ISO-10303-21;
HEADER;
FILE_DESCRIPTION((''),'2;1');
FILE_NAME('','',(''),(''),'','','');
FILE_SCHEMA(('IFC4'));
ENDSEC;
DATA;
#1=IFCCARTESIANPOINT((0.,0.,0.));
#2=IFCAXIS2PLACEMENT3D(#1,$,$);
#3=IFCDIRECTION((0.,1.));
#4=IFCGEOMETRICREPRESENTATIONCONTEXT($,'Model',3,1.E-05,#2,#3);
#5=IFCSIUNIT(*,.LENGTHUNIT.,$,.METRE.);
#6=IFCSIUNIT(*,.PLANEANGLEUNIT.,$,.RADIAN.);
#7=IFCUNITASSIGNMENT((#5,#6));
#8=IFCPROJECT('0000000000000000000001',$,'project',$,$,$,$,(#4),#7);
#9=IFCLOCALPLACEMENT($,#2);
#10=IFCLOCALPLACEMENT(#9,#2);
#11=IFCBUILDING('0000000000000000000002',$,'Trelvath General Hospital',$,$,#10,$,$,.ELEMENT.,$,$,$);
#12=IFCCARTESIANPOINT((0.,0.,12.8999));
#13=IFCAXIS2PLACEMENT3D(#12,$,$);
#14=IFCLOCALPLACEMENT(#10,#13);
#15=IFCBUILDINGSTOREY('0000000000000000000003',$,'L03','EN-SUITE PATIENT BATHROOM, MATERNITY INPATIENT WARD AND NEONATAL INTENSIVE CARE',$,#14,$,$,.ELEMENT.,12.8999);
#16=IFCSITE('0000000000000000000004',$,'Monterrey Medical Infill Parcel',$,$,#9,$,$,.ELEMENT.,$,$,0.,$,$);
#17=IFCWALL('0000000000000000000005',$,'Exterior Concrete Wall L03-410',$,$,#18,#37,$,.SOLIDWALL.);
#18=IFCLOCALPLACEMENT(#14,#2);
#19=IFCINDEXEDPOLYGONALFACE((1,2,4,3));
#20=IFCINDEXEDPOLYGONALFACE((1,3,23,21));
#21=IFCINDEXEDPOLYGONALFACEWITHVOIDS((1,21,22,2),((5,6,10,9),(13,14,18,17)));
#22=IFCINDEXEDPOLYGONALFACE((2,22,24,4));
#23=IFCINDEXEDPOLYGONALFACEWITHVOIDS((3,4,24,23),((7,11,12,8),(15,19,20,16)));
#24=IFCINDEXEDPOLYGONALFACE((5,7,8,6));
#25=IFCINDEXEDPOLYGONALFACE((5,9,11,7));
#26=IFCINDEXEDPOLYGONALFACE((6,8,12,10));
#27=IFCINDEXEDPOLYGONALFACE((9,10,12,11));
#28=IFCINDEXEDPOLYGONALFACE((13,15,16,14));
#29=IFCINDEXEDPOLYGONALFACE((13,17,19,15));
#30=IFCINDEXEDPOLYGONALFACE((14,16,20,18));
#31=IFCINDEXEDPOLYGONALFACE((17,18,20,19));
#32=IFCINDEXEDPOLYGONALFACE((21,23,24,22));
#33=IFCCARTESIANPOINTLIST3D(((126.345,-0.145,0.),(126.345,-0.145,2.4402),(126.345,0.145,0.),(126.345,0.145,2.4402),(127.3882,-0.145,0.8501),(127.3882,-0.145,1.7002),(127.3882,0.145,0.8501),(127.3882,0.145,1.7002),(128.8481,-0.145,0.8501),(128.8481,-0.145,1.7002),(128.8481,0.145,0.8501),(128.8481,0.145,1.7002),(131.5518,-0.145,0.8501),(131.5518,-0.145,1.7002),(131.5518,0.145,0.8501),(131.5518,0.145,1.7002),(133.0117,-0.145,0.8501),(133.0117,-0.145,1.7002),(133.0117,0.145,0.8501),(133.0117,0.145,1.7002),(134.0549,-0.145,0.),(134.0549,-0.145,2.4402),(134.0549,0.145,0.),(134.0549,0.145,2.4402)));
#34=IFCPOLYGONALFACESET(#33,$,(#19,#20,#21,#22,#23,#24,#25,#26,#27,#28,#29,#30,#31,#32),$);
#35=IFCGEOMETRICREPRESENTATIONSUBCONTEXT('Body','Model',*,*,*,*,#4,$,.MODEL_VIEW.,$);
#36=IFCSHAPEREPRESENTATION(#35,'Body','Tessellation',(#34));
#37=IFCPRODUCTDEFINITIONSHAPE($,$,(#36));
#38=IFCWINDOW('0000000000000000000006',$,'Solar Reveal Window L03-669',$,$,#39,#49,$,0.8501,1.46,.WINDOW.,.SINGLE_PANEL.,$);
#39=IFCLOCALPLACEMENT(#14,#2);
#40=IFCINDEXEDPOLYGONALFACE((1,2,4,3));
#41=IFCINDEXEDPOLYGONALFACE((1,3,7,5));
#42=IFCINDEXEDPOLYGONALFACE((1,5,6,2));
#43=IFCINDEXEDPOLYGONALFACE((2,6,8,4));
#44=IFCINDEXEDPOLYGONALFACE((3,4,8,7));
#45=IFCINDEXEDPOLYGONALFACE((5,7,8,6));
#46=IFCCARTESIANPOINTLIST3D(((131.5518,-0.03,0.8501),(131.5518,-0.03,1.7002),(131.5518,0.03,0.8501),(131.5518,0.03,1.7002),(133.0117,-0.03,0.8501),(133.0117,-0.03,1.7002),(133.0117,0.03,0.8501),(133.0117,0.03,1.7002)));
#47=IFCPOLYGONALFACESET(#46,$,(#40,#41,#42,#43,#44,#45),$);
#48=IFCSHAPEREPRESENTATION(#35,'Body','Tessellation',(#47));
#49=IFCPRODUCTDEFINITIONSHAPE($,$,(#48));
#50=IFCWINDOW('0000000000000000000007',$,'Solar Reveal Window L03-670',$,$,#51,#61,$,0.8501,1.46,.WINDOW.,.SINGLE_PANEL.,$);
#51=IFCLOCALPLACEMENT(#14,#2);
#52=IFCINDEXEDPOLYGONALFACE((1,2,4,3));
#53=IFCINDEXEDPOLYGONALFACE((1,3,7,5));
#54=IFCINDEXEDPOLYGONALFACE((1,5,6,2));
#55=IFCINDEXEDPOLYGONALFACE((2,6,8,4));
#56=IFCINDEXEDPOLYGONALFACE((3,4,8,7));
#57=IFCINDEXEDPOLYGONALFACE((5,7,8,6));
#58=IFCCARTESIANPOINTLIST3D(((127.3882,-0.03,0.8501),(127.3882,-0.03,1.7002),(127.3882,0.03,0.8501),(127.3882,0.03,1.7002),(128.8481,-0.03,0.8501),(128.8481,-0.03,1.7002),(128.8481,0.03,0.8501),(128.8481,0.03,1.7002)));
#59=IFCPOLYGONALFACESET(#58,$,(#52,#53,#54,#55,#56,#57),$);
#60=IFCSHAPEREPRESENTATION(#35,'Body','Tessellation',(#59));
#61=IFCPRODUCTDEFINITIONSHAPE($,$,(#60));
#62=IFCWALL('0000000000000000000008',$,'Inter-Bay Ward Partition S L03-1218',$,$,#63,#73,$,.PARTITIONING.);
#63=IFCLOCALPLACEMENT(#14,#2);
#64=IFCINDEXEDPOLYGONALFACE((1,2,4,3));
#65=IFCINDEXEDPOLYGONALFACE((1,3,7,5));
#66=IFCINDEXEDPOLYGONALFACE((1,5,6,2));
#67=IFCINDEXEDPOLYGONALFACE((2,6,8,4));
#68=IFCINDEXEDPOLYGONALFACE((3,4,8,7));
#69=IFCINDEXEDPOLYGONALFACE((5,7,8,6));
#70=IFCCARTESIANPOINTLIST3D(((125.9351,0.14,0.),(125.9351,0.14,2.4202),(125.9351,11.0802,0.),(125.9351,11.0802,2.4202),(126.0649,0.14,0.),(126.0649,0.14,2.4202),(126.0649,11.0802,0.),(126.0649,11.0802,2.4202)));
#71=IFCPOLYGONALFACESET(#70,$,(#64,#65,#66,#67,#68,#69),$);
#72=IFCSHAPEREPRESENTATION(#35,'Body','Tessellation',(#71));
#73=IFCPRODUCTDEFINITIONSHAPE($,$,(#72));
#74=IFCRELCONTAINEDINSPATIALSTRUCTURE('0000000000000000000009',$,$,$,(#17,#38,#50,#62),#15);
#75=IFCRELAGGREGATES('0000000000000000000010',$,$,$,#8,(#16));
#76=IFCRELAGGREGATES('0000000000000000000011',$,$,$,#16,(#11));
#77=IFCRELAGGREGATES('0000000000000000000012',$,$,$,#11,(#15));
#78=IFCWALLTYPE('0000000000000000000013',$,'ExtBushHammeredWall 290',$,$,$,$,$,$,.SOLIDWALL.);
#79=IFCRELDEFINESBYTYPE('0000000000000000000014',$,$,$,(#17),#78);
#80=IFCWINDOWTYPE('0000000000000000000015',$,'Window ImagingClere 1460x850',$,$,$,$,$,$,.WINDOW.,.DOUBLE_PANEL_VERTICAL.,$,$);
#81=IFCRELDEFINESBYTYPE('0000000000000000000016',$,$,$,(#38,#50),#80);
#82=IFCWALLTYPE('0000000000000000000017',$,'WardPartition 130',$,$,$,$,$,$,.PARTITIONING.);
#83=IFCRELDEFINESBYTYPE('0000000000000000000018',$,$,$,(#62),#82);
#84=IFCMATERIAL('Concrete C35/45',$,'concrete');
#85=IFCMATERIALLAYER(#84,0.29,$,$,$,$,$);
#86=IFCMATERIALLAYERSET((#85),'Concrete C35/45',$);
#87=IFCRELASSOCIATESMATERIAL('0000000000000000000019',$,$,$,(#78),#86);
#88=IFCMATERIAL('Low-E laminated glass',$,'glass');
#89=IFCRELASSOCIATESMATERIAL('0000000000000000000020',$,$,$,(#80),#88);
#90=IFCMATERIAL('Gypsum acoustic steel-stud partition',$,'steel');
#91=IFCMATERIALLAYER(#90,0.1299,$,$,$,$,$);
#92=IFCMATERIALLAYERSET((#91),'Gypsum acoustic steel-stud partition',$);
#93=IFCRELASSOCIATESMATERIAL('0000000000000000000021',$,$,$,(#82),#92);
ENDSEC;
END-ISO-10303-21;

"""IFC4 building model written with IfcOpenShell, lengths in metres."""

from ifc_helpers import new_model, si_unit, direction, frame, frame_2d, origin, place, context, subcontext, project, spatial, rectangle, extrude, material, layer, layer_set, type_object, element, fill, save


model = new_model("IFC4")

# Units and contexts
model_context = context("Model", 3, precision=1e-05, world=origin(), true_north=direction((0.0, 1.0)))
body_context = subcontext(model_context, "Body", "Model", "MODEL_VIEW")
ifc_project = project(units=[si_unit("LENGTHUNIT", "METRE"), si_unit("PLANEANGLEUNIT", "RADIAN")], contexts=[model_context])

# Site, building, storey
site_placement = place(None, origin())
site = spatial("IfcSite", under=ifc_project, at=site_placement, Name="Monterrey Medical Infill Parcel", CompositionType="ELEMENT", RefElevation=0.0)
building_placement = place(site_placement, origin())
building = spatial("IfcBuilding", under=site, at=building_placement, Name="Trelvath General Hospital", CompositionType="ELEMENT")
storey_placement = place(building_placement, frame((0.0, 0.0, 12.8999)))
storey = spatial("IfcBuildingStorey", under=building, at=storey_placement, Name="L03", Description="EN-SUITE PATIENT BATHROOM, MATERNITY INPATIENT WARD AND NEONATAL INTENSIVE CARE", CompositionType="ELEMENT", Elevation=12.8999)

# Wall, openings, windows
ifc_material_1 = material(Name="Concrete C35/45", Category="concrete")
ifc_layer_1 = layer(ifc_material_1, 0.29)
ifc_layer_set_1 = layer_set([ifc_layer_1], Name="Concrete C35/45")
wall_type_1 = type_object("IfcWallType", Name="ExtBushHammeredWall 290", PredefinedType="SOLIDWALL", material=ifc_layer_set_1)
wall_1_placement = place(storey_placement, frame((134.0549, 0.0, 0.0), z_axis=(0.0, 0.0, 1.0), x_axis=(-1.0, 0.0, 0.0)))
wall_1 = element("IfcWall", 1, at=wall_1_placement, inside=storey, type_object=wall_type_1, Name="Exterior Concrete Wall L03-410", PredefinedType="SOLIDWALL", context=body_context, shape_type="SweptSolid", body=[
    extrude(rectangle(XDim=7.71, YDim=0.29, at=frame_2d((3.855, 0.0))), origin(), (0.0, 0.0, 1.0), 2.4402),
])
opening_1_placement = place(wall_1_placement, frame((1.0432, 0.0, 0.8501)))
opening_1 = element("IfcOpeningElement", 2, at=opening_1_placement, cuts=wall_1, PredefinedType="OPENING", context=body_context, shape_type="SweptSolid", body=[
    extrude(rectangle(XDim=1.46, YDim=0.8501, at=frame_2d((0.73, 0.425))), frame((0.0, 0.155, 0.0), z_axis=(0.0, -1.0, 0.0), x_axis=(1.0, 0.0, 0.0)), (0.0, 0.0, 1.0), 0.3101),
])
opening_2_placement = place(wall_1_placement, frame((5.2068, 0.0, 0.8501)))
opening_2 = element("IfcOpeningElement", 3, at=opening_2_placement, cuts=wall_1, PredefinedType="OPENING", context=body_context, shape_type="SweptSolid", body=[
    extrude(rectangle(XDim=1.46, YDim=0.8501, at=frame_2d((0.73, 0.425))), frame((0.0, 0.155, 0.0), z_axis=(0.0, -1.0, 0.0), x_axis=(1.0, 0.0, 0.0)), (0.0, 0.0, 1.0), 0.3101),
])
ifc_material_2 = material(Name="Low-E laminated glass", Category="glass")
window_type_1 = type_object("IfcWindowType", Name="Window ImagingClere 1460x850", PartitioningType="DOUBLE_PANEL_VERTICAL", PredefinedType="WINDOW", material=ifc_material_2)
window_1_placement = place(opening_1_placement, origin())
window_1 = element("IfcWindow", 4, at=window_1_placement, inside=storey, type_object=window_type_1, Name="Solar Reveal Window L03-669", OverallHeight=0.8501, OverallWidth=1.46, PartitioningType="SINGLE_PANEL", PredefinedType="WINDOW", context=body_context, shape_type="SweptSolid", body=[
    extrude(rectangle(XDim=1.46, YDim=0.8501, at=frame_2d((0.73, 0.425))), frame((0.0, 0.03, 0.0), z_axis=(0.0, -1.0, 0.0), x_axis=(1.0, 0.0, 0.0)), (0.0, 0.0, 1.0), 0.0601),
])
fill(opening_1, window_1)
window_2_placement = place(opening_2_placement, origin())
window_2 = element("IfcWindow", 5, at=window_2_placement, inside=storey, type_object=window_type_1, Name="Solar Reveal Window L03-670", OverallHeight=0.8501, OverallWidth=1.46, PartitioningType="SINGLE_PANEL", PredefinedType="WINDOW", context=body_context, shape_type="SweptSolid", body=[
    extrude(rectangle(XDim=1.46, YDim=0.8501, at=frame_2d((0.73, 0.425))), frame((0.0, 0.03, 0.0), z_axis=(0.0, -1.0, 0.0), x_axis=(1.0, 0.0, 0.0)), (0.0, 0.0, 1.0), 0.0601),
])
fill(opening_2, window_2)

# Wall
ifc_material_3 = material(Name="Gypsum acoustic steel-stud partition", Category="steel")
ifc_layer_2 = layer(ifc_material_3, 0.1299)
ifc_layer_set_2 = layer_set([ifc_layer_2], Name="Gypsum acoustic steel-stud partition")
wall_type_2 = type_object("IfcWallType", Name="WardPartition 130", PredefinedType="PARTITIONING", material=ifc_layer_set_2)
wall_2_placement = place(storey_placement, frame((126.0, 0.1399, 0.0), z_axis=(0.0, 0.0, 1.0), x_axis=(0.0, 1.0, 0.0)))
element("IfcWall", 6, at=wall_2_placement, inside=storey, type_object=wall_type_2, Name="Inter-Bay Ward Partition S L03-1218", PredefinedType="PARTITIONING", context=body_context, shape_type="SweptSolid", body=[
    extrude(rectangle(XDim=10.9402, YDim=0.1299, at=frame_2d((5.4702, 0.0))), origin(), (0.0, 0.0, 1.0), 2.4202),
])

save(model, "model.ifc")
